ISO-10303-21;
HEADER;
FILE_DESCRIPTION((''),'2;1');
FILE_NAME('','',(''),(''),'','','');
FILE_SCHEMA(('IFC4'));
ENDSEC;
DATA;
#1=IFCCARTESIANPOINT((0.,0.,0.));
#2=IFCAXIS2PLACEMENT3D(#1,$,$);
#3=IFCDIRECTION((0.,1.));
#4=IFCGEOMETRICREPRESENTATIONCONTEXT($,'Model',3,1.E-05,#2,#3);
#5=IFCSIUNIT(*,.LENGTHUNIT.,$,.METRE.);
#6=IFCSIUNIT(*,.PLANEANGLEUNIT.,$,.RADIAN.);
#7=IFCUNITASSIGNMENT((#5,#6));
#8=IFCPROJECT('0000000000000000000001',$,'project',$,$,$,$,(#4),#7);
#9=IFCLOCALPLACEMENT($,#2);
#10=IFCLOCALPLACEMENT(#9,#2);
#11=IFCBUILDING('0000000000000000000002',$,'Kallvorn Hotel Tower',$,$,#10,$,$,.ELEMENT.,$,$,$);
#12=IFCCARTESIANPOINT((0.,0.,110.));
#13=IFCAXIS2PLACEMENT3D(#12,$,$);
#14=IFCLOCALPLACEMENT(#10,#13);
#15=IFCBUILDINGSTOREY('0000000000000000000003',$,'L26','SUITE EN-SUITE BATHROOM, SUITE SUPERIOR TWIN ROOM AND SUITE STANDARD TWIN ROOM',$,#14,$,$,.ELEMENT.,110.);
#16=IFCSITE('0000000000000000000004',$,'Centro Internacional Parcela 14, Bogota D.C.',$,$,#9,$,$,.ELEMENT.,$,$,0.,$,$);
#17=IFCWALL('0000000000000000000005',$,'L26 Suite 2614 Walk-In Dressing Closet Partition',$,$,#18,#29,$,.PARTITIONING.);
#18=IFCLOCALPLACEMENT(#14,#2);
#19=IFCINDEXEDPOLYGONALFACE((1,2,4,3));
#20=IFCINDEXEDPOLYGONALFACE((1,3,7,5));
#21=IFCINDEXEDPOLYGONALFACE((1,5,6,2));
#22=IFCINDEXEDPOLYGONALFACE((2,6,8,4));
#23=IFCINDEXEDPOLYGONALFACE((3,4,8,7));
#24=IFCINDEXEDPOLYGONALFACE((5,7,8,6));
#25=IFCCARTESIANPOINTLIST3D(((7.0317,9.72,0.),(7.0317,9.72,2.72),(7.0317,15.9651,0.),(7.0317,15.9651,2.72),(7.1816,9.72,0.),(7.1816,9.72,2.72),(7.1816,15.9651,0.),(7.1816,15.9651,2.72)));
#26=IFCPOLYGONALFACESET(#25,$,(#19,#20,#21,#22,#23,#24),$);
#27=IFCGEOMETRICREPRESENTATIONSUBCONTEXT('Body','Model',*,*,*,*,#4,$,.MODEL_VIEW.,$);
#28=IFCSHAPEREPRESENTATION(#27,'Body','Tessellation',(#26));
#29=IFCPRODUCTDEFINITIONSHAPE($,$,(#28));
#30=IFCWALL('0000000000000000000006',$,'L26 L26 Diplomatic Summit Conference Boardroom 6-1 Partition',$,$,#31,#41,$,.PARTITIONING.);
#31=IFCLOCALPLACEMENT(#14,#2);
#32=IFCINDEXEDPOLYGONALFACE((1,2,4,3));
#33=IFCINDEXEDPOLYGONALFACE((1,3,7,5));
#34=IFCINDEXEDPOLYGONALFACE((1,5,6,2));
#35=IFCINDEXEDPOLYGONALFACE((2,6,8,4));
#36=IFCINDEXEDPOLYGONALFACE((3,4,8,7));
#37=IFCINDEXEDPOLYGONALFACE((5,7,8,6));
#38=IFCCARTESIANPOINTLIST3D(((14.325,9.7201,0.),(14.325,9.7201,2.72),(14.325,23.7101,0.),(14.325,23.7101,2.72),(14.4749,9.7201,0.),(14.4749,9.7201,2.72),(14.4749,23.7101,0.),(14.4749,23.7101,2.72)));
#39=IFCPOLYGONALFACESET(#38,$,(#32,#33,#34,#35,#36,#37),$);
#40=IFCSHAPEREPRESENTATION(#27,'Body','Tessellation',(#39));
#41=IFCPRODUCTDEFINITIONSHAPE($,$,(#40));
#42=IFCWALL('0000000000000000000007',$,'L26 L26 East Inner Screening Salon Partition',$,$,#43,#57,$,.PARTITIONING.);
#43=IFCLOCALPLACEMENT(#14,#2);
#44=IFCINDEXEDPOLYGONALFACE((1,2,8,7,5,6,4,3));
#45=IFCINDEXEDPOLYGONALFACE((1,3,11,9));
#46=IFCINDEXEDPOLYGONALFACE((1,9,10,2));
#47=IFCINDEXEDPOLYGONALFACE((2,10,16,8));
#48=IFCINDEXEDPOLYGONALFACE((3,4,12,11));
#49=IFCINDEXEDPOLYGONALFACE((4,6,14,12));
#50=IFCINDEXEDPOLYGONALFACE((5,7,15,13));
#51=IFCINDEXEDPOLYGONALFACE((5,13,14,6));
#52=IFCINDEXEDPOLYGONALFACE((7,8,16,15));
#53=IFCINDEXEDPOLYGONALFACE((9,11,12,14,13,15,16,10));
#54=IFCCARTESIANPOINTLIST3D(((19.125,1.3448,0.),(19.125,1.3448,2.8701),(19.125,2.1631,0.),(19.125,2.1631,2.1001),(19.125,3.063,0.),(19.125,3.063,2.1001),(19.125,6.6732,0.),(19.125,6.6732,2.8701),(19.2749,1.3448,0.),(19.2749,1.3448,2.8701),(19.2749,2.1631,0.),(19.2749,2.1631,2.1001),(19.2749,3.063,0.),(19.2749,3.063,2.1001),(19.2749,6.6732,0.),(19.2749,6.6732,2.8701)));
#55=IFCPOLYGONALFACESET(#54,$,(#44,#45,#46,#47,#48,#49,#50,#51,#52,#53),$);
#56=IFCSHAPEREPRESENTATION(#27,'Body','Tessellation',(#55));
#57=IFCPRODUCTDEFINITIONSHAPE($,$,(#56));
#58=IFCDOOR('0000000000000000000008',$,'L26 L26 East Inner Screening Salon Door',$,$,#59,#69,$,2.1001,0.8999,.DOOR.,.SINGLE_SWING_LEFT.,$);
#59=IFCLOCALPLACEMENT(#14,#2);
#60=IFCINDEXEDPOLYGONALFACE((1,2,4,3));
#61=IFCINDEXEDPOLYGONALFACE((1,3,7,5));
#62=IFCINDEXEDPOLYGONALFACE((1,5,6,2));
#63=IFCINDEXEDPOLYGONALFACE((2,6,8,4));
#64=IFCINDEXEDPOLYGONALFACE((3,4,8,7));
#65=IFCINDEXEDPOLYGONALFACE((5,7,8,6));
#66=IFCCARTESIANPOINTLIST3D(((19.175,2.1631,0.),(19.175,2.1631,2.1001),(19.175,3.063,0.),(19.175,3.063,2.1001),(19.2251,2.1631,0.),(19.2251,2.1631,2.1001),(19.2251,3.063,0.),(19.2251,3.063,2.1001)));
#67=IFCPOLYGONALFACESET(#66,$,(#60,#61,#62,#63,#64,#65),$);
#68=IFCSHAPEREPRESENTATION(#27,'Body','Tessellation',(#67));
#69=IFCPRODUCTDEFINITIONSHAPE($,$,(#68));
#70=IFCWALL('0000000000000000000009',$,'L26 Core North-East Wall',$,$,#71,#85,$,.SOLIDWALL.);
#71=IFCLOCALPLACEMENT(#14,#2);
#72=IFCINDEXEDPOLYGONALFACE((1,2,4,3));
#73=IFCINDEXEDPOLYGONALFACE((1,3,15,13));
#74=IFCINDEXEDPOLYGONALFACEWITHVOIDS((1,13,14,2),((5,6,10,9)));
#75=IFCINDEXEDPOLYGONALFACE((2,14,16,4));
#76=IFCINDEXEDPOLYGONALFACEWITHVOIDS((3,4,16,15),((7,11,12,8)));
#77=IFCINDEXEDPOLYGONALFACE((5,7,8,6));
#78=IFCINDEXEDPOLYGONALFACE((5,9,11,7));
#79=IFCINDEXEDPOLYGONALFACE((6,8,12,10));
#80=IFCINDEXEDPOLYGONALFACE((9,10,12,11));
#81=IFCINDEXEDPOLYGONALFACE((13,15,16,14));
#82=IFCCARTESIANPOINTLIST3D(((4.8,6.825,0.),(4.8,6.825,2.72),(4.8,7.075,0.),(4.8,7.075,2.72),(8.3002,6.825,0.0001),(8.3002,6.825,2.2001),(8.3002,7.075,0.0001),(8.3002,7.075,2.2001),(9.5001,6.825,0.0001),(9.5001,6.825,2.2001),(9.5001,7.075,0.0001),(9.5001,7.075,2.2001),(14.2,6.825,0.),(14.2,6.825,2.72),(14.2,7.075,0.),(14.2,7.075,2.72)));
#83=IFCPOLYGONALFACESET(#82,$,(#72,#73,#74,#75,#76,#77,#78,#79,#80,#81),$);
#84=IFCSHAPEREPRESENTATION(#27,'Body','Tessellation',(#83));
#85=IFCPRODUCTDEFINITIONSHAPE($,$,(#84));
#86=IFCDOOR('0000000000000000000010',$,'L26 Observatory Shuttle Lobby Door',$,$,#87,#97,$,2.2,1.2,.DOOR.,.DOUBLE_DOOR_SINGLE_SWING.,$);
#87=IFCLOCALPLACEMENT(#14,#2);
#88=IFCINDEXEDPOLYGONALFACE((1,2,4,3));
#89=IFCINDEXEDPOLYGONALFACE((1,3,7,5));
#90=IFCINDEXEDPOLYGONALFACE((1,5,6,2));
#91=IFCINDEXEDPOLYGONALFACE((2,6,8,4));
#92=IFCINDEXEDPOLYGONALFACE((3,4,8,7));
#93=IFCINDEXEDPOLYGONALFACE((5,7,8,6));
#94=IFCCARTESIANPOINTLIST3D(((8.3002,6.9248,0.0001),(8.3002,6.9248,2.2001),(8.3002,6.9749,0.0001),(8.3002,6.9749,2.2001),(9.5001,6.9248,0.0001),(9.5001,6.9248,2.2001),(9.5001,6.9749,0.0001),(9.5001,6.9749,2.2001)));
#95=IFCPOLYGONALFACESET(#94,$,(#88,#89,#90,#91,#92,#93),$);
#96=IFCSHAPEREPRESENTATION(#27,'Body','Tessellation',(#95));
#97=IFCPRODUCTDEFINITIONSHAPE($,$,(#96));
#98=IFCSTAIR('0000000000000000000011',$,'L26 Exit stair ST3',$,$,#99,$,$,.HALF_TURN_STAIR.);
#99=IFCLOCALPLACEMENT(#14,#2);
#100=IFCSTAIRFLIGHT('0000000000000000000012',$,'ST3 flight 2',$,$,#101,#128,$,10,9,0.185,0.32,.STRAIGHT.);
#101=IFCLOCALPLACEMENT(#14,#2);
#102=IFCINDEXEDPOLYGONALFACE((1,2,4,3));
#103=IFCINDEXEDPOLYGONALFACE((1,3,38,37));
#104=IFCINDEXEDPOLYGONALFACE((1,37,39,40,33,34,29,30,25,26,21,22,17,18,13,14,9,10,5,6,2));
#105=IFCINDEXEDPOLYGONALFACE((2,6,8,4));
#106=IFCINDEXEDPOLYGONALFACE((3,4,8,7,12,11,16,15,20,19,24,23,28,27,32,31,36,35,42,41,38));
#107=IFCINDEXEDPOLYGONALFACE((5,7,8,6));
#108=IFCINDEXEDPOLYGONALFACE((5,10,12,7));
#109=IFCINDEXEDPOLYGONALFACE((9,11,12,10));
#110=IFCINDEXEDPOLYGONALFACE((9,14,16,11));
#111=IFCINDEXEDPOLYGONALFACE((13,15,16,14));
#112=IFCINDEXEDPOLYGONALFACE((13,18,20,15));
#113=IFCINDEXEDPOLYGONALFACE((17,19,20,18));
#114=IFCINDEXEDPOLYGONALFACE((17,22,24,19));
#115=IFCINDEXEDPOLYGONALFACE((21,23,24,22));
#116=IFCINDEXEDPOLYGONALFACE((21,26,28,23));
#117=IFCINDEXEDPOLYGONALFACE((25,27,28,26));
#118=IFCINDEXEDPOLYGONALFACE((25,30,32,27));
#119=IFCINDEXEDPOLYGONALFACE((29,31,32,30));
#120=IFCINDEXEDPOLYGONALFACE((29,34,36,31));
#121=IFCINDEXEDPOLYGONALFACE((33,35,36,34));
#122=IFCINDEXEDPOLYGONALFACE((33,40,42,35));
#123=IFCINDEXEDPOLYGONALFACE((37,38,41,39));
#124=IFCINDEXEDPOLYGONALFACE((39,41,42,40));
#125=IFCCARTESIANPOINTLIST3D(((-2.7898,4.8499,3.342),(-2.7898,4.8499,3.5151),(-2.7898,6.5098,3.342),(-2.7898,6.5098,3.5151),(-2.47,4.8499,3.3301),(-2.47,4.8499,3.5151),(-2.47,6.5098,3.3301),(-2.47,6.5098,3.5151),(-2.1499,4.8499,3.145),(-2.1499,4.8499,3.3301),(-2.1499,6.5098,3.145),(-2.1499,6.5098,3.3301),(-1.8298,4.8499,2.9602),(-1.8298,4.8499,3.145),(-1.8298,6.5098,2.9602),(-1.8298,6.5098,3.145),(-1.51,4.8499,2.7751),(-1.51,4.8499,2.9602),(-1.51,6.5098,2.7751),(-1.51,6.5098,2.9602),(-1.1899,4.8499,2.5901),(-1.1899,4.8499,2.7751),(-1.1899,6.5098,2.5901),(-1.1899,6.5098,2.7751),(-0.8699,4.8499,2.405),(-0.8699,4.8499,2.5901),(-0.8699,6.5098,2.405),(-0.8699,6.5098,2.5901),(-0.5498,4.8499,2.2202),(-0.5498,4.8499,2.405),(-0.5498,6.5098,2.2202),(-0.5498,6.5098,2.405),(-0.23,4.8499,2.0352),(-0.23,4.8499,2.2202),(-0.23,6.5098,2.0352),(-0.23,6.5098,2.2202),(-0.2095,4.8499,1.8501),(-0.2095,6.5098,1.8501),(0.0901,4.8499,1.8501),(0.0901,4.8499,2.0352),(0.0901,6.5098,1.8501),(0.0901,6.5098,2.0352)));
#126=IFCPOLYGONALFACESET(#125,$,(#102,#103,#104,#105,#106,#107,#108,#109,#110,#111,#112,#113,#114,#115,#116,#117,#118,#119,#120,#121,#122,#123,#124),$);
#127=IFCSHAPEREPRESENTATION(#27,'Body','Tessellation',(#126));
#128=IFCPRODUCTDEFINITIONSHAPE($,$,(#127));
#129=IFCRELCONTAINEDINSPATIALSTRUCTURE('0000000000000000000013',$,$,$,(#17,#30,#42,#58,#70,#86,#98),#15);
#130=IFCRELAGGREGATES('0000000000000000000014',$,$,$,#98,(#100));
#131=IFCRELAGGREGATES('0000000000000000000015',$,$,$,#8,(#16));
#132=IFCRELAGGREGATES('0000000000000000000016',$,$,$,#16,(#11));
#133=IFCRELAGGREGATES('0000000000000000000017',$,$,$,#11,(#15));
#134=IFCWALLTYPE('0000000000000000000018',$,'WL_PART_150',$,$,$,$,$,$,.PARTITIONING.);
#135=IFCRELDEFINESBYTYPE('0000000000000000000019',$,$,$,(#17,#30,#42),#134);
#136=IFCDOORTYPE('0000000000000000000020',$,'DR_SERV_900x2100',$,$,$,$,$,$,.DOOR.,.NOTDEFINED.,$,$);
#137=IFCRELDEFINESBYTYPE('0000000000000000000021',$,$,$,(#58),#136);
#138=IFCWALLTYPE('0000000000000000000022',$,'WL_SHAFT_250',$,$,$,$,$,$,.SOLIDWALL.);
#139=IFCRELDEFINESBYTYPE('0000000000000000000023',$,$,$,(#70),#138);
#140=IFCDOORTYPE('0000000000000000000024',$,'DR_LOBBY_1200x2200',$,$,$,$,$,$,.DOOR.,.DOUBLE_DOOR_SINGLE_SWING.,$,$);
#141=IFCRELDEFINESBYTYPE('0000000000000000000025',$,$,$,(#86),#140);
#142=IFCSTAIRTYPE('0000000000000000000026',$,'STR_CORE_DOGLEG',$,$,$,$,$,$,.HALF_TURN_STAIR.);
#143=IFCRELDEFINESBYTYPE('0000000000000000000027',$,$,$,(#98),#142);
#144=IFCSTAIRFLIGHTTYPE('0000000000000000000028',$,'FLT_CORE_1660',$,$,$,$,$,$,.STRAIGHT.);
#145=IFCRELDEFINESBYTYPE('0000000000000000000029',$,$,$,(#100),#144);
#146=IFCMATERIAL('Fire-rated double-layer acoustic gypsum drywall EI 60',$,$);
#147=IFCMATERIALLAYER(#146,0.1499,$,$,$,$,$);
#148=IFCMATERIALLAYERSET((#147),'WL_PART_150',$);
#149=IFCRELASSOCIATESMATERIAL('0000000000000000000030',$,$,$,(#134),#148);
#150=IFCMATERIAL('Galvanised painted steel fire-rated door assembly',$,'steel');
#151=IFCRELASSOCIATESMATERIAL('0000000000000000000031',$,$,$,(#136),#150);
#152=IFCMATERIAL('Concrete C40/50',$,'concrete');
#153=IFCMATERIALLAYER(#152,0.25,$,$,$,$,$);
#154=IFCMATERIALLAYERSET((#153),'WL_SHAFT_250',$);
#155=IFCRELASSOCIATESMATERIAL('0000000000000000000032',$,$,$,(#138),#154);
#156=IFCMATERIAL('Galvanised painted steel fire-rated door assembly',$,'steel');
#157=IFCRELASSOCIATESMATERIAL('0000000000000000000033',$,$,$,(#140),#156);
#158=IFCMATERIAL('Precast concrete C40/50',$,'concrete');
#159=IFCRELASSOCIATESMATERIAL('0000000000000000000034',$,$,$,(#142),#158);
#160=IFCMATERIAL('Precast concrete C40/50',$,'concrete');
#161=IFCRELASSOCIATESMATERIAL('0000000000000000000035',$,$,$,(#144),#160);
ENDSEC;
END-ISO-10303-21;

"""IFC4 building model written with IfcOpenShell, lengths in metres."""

from ifc_helpers import new_model, si_unit, direction, frame, frame_2d, origin, place, context, subcontext, project, spatial, polyline, rectangle, outline, extrude, material, layer, layer_set, type_object, element, fill, aggregate, save


model = new_model("IFC4")

# Units and contexts
model_context = context("Model", 3, precision=1e-05, world=origin(), true_north=direction((0.0, 1.0)))
body_context = subcontext(model_context, "Body", "Model", "MODEL_VIEW")
ifc_project = project(units=[si_unit("LENGTHUNIT", "METRE"), si_unit("PLANEANGLEUNIT", "RADIAN")], contexts=[model_context])

# Site, building, storey
site_placement = place(None, origin())
site = spatial("IfcSite", under=ifc_project, at=site_placement, Name="Centro Internacional Parcela 14, Bogota D.C.", CompositionType="ELEMENT", RefElevation=0.0)
building_placement = place(site_placement, origin())
building = spatial("IfcBuilding", under=site, at=building_placement, Name="Kallvorn Hotel Tower", CompositionType="ELEMENT")
storey_placement = place(building_placement, frame((0.0, 0.0, 110.0)))
storey = spatial("IfcBuildingStorey", under=building, at=storey_placement, Name="L26", Description="SUITE EN-SUITE BATHROOM, SUITE SUPERIOR TWIN ROOM AND SUITE STANDARD TWIN ROOM", CompositionType="ELEMENT", Elevation=110.0)

# Walls
ifc_material_1 = material(Name="Fire-rated double-layer acoustic gypsum drywall EI 60")
ifc_layer_1 = layer(ifc_material_1, 0.1499)
ifc_layer_set_1 = layer_set([ifc_layer_1], Name="WL_PART_150")
wall_type_1 = type_object("IfcWallType", Name="WL_PART_150", PredefinedType="PARTITIONING", material=ifc_layer_set_1)
wall_1_placement = place(storey_placement, frame((7.1067, 9.72, 0.0), z_axis=(0.0, 0.0, 1.0), x_axis=(0.0, 1.0, 0.0)))
element("IfcWall", 1, at=wall_1_placement, inside=storey, type_object=wall_type_1, Name="L26 Suite 2614 Walk-In Dressing Closet Partition", PredefinedType="PARTITIONING", context=body_context, shape_type="SweptSolid", body=[
    extrude(rectangle(XDim=6.2451, YDim=0.1499, at=frame_2d((3.1226, 0.0))), origin(), (0.0, 0.0, 1.0), 2.72),
])
wall_2_placement = place(storey_placement, frame((14.3999, 9.72, 0.0), z_axis=(0.0, 0.0, 1.0), x_axis=(0.0, 1.0, 0.0)))
element("IfcWall", 2, at=wall_2_placement, inside=storey, type_object=wall_type_1, Name="L26 L26 Diplomatic Summit Conference Boardroom 6-1 Partition", PredefinedType="PARTITIONING", context=body_context, shape_type="SweptSolid", body=[
    extrude(rectangle(XDim=13.99, YDim=0.1499, at=frame_2d((6.9951, 0.0))), origin(), (0.0, 0.0, 1.0), 2.72),
])

# Walls, openings, doors
wall_3_placement = place(storey_placement, frame((19.2, 1.345, 0.0), z_axis=(0.0, 0.0, 1.0), x_axis=(0.0, 1.0, 0.0)))
wall_3 = element("IfcWall", 3, at=wall_3_placement, inside=storey, type_object=wall_type_1, Name="L26 L26 East Inner Screening Salon Partition", PredefinedType="PARTITIONING", context=body_context, shape_type="SweptSolid", body=[
    extrude(rectangle(XDim=5.3284, YDim=0.1499, at=frame_2d((2.6641, 0.0))), origin(), (0.0, 0.0, 1.0), 2.8701),
])
opening_1_placement = place(wall_3_placement, frame((0.8181, 0.0, 0.0)))
opening_1 = element("IfcOpeningElement", 4, at=opening_1_placement, cuts=wall_3, PredefinedType="OPENING", context=body_context, shape_type="SweptSolid", body=[
    extrude(rectangle(XDim=0.8999, YDim=2.1001, at=frame_2d((0.45, 1.05))), frame((0.0, 0.0898, 0.0), z_axis=(0.0, -1.0, 0.0), x_axis=(1.0, 0.0, 0.0)), (0.0, 0.0, 1.0), 0.1799),
])
ifc_material_2 = material(Name="Galvanised painted steel fire-rated door assembly", Category="steel")
door_type_1 = type_object("IfcDoorType", Name="DR_SERV_900x2100", OperationType="NOTDEFINED", PredefinedType="DOOR", material=ifc_material_2)
door_1_placement = place(opening_1_placement, origin())
door_1 = element("IfcDoor", 5, at=door_1_placement, inside=storey, type_object=door_type_1, Name="L26 L26 East Inner Screening Salon Door", OperationType="SINGLE_SWING_LEFT", OverallHeight=2.1001, OverallWidth=0.8999, PredefinedType="DOOR", context=body_context, shape_type="SweptSolid", body=[
    extrude(rectangle(XDim=0.8999, YDim=2.1001, at=frame_2d((0.45, 1.05))), frame((0.0, 0.0249, 0.0), z_axis=(0.0, -1.0, 0.0), x_axis=(1.0, 0.0, 0.0)), (0.0, 0.0, 1.0), 0.05),
])
fill(opening_1, door_1)
ifc_material_3 = material(Name="Concrete C40/50", Category="concrete")
ifc_layer_2 = layer(ifc_material_3, 0.25)
ifc_layer_set_2 = layer_set([ifc_layer_2], Name="WL_SHAFT_250")
wall_type_2 = type_object("IfcWallType", Name="WL_SHAFT_250", PredefinedType="SOLIDWALL", material=ifc_layer_set_2)
wall_4_placement = place(storey_placement, frame((4.8, 6.95, 0.0), z_axis=(0.0, 0.0, 1.0), x_axis=(1.0, 0.0, 0.0)))
wall_4 = element("IfcWall", 6, at=wall_4_placement, inside=storey, type_object=wall_type_2, Name="L26 Core North-East Wall", PredefinedType="SOLIDWALL", context=body_context, shape_type="SweptSolid", body=[
    extrude(rectangle(XDim=9.3999, YDim=0.25, at=frame_2d((4.7, 0.0))), origin(), (0.0, 0.0, 1.0), 2.72),
])
opening_2_placement = place(wall_4_placement, frame((3.5, 0.0, 0.0)))
opening_2 = element("IfcOpeningElement", 7, at=opening_2_placement, cuts=wall_4, PredefinedType="OPENING", context=body_context, shape_type="SweptSolid", body=[
    extrude(rectangle(XDim=1.2, YDim=2.2, at=frame_2d((0.6001, 1.1001))), frame((0.0, 0.1399, 0.0), z_axis=(0.0, -1.0, 0.0), x_axis=(1.0, 0.0, 0.0)), (0.0, 0.0, 1.0), 0.28),
])
ifc_material_4 = material(Name="Galvanised painted steel fire-rated door assembly", Category="steel")
door_type_2 = type_object("IfcDoorType", Name="DR_LOBBY_1200x2200", OperationType="DOUBLE_DOOR_SINGLE_SWING", PredefinedType="DOOR", material=ifc_material_4)
door_2_placement = place(opening_2_placement, origin())
door_2 = element("IfcDoor", 8, at=door_2_placement, inside=storey, type_object=door_type_2, Name="L26 Observatory Shuttle Lobby Door", OperationType="DOUBLE_DOOR_SINGLE_SWING", OverallHeight=2.2, OverallWidth=1.2, PredefinedType="DOOR", context=body_context, shape_type="SweptSolid", body=[
    extrude(rectangle(XDim=1.2, YDim=2.2, at=frame_2d((0.6001, 1.1001))), frame((0.0, 0.0249, 0.0), z_axis=(0.0, -1.0, 0.0), x_axis=(1.0, 0.0, 0.0)), (0.0, 0.0, 1.0), 0.05),
])
fill(opening_2, door_2)

# Stair, stair flight
ifc_material_5 = material(Name="Precast concrete C40/50", Category="concrete")
stair_type = type_object("IfcStairType", Name="STR_CORE_DOGLEG", PredefinedType="HALF_TURN_STAIR", material=ifc_material_5)
stair_placement = place(storey_placement, origin())
stair = element("IfcStair", 9, at=stair_placement, inside=storey, type_object=stair_type, Name="L26 Exit stair ST3", PredefinedType="HALF_TURN_STAIR")
ifc_material_6 = material(Name="Precast concrete C40/50", Category="concrete")
stair_flight_type = type_object("IfcStairFlightType", Name="FLT_CORE_1660", PredefinedType="STRAIGHT", material=ifc_material_6)
stair_flight_placement = place(storey_placement, frame((0.0901, 5.6799, 1.8501), z_axis=(0.0, 0.0, 1.0), x_axis=(-1.0, 0.0, 0.0)))
stair_flight = element("IfcStairFlight", 10, at=stair_flight_placement, type_object=stair_flight_type, Name="ST3 flight 2", NumberOfRisers=10, NumberOfTreads=9, PredefinedType="STRAIGHT", RiserHeight=0.185, TreadLength=0.32, context=body_context, shape_type="SweptSolid", body=[
    extrude(outline(polyline([(0.0, 0.0), (0.0, 0.1851), (0.3201, 0.1851), (0.3201, 0.3701), (0.6399, 0.3701), (0.6399, 0.5549), (0.96, 0.5549), (0.96, 0.74), (1.28, 0.74), (1.28, 0.925), (1.6001, 0.925), (1.6001, 1.1101), (1.9199, 1.1101), (1.9199, 1.2949), (2.24, 1.2949), (2.24, 1.48), (2.5601, 1.48), (2.5601, 1.665), (2.8799, 1.665), (2.8799, 1.8501), (2.8799, 1.4919), (0.2996, 0.0), (0.0, 0.0)])), frame((0.0, 0.8301, 0.0), z_axis=(0.0, -1.0, 0.0), x_axis=(1.0, 0.0, 0.0)), (0.0, 0.0, 1.0), 1.6599),
])
aggregate(stair, [stair_flight])

save(model, "model.ifc")
